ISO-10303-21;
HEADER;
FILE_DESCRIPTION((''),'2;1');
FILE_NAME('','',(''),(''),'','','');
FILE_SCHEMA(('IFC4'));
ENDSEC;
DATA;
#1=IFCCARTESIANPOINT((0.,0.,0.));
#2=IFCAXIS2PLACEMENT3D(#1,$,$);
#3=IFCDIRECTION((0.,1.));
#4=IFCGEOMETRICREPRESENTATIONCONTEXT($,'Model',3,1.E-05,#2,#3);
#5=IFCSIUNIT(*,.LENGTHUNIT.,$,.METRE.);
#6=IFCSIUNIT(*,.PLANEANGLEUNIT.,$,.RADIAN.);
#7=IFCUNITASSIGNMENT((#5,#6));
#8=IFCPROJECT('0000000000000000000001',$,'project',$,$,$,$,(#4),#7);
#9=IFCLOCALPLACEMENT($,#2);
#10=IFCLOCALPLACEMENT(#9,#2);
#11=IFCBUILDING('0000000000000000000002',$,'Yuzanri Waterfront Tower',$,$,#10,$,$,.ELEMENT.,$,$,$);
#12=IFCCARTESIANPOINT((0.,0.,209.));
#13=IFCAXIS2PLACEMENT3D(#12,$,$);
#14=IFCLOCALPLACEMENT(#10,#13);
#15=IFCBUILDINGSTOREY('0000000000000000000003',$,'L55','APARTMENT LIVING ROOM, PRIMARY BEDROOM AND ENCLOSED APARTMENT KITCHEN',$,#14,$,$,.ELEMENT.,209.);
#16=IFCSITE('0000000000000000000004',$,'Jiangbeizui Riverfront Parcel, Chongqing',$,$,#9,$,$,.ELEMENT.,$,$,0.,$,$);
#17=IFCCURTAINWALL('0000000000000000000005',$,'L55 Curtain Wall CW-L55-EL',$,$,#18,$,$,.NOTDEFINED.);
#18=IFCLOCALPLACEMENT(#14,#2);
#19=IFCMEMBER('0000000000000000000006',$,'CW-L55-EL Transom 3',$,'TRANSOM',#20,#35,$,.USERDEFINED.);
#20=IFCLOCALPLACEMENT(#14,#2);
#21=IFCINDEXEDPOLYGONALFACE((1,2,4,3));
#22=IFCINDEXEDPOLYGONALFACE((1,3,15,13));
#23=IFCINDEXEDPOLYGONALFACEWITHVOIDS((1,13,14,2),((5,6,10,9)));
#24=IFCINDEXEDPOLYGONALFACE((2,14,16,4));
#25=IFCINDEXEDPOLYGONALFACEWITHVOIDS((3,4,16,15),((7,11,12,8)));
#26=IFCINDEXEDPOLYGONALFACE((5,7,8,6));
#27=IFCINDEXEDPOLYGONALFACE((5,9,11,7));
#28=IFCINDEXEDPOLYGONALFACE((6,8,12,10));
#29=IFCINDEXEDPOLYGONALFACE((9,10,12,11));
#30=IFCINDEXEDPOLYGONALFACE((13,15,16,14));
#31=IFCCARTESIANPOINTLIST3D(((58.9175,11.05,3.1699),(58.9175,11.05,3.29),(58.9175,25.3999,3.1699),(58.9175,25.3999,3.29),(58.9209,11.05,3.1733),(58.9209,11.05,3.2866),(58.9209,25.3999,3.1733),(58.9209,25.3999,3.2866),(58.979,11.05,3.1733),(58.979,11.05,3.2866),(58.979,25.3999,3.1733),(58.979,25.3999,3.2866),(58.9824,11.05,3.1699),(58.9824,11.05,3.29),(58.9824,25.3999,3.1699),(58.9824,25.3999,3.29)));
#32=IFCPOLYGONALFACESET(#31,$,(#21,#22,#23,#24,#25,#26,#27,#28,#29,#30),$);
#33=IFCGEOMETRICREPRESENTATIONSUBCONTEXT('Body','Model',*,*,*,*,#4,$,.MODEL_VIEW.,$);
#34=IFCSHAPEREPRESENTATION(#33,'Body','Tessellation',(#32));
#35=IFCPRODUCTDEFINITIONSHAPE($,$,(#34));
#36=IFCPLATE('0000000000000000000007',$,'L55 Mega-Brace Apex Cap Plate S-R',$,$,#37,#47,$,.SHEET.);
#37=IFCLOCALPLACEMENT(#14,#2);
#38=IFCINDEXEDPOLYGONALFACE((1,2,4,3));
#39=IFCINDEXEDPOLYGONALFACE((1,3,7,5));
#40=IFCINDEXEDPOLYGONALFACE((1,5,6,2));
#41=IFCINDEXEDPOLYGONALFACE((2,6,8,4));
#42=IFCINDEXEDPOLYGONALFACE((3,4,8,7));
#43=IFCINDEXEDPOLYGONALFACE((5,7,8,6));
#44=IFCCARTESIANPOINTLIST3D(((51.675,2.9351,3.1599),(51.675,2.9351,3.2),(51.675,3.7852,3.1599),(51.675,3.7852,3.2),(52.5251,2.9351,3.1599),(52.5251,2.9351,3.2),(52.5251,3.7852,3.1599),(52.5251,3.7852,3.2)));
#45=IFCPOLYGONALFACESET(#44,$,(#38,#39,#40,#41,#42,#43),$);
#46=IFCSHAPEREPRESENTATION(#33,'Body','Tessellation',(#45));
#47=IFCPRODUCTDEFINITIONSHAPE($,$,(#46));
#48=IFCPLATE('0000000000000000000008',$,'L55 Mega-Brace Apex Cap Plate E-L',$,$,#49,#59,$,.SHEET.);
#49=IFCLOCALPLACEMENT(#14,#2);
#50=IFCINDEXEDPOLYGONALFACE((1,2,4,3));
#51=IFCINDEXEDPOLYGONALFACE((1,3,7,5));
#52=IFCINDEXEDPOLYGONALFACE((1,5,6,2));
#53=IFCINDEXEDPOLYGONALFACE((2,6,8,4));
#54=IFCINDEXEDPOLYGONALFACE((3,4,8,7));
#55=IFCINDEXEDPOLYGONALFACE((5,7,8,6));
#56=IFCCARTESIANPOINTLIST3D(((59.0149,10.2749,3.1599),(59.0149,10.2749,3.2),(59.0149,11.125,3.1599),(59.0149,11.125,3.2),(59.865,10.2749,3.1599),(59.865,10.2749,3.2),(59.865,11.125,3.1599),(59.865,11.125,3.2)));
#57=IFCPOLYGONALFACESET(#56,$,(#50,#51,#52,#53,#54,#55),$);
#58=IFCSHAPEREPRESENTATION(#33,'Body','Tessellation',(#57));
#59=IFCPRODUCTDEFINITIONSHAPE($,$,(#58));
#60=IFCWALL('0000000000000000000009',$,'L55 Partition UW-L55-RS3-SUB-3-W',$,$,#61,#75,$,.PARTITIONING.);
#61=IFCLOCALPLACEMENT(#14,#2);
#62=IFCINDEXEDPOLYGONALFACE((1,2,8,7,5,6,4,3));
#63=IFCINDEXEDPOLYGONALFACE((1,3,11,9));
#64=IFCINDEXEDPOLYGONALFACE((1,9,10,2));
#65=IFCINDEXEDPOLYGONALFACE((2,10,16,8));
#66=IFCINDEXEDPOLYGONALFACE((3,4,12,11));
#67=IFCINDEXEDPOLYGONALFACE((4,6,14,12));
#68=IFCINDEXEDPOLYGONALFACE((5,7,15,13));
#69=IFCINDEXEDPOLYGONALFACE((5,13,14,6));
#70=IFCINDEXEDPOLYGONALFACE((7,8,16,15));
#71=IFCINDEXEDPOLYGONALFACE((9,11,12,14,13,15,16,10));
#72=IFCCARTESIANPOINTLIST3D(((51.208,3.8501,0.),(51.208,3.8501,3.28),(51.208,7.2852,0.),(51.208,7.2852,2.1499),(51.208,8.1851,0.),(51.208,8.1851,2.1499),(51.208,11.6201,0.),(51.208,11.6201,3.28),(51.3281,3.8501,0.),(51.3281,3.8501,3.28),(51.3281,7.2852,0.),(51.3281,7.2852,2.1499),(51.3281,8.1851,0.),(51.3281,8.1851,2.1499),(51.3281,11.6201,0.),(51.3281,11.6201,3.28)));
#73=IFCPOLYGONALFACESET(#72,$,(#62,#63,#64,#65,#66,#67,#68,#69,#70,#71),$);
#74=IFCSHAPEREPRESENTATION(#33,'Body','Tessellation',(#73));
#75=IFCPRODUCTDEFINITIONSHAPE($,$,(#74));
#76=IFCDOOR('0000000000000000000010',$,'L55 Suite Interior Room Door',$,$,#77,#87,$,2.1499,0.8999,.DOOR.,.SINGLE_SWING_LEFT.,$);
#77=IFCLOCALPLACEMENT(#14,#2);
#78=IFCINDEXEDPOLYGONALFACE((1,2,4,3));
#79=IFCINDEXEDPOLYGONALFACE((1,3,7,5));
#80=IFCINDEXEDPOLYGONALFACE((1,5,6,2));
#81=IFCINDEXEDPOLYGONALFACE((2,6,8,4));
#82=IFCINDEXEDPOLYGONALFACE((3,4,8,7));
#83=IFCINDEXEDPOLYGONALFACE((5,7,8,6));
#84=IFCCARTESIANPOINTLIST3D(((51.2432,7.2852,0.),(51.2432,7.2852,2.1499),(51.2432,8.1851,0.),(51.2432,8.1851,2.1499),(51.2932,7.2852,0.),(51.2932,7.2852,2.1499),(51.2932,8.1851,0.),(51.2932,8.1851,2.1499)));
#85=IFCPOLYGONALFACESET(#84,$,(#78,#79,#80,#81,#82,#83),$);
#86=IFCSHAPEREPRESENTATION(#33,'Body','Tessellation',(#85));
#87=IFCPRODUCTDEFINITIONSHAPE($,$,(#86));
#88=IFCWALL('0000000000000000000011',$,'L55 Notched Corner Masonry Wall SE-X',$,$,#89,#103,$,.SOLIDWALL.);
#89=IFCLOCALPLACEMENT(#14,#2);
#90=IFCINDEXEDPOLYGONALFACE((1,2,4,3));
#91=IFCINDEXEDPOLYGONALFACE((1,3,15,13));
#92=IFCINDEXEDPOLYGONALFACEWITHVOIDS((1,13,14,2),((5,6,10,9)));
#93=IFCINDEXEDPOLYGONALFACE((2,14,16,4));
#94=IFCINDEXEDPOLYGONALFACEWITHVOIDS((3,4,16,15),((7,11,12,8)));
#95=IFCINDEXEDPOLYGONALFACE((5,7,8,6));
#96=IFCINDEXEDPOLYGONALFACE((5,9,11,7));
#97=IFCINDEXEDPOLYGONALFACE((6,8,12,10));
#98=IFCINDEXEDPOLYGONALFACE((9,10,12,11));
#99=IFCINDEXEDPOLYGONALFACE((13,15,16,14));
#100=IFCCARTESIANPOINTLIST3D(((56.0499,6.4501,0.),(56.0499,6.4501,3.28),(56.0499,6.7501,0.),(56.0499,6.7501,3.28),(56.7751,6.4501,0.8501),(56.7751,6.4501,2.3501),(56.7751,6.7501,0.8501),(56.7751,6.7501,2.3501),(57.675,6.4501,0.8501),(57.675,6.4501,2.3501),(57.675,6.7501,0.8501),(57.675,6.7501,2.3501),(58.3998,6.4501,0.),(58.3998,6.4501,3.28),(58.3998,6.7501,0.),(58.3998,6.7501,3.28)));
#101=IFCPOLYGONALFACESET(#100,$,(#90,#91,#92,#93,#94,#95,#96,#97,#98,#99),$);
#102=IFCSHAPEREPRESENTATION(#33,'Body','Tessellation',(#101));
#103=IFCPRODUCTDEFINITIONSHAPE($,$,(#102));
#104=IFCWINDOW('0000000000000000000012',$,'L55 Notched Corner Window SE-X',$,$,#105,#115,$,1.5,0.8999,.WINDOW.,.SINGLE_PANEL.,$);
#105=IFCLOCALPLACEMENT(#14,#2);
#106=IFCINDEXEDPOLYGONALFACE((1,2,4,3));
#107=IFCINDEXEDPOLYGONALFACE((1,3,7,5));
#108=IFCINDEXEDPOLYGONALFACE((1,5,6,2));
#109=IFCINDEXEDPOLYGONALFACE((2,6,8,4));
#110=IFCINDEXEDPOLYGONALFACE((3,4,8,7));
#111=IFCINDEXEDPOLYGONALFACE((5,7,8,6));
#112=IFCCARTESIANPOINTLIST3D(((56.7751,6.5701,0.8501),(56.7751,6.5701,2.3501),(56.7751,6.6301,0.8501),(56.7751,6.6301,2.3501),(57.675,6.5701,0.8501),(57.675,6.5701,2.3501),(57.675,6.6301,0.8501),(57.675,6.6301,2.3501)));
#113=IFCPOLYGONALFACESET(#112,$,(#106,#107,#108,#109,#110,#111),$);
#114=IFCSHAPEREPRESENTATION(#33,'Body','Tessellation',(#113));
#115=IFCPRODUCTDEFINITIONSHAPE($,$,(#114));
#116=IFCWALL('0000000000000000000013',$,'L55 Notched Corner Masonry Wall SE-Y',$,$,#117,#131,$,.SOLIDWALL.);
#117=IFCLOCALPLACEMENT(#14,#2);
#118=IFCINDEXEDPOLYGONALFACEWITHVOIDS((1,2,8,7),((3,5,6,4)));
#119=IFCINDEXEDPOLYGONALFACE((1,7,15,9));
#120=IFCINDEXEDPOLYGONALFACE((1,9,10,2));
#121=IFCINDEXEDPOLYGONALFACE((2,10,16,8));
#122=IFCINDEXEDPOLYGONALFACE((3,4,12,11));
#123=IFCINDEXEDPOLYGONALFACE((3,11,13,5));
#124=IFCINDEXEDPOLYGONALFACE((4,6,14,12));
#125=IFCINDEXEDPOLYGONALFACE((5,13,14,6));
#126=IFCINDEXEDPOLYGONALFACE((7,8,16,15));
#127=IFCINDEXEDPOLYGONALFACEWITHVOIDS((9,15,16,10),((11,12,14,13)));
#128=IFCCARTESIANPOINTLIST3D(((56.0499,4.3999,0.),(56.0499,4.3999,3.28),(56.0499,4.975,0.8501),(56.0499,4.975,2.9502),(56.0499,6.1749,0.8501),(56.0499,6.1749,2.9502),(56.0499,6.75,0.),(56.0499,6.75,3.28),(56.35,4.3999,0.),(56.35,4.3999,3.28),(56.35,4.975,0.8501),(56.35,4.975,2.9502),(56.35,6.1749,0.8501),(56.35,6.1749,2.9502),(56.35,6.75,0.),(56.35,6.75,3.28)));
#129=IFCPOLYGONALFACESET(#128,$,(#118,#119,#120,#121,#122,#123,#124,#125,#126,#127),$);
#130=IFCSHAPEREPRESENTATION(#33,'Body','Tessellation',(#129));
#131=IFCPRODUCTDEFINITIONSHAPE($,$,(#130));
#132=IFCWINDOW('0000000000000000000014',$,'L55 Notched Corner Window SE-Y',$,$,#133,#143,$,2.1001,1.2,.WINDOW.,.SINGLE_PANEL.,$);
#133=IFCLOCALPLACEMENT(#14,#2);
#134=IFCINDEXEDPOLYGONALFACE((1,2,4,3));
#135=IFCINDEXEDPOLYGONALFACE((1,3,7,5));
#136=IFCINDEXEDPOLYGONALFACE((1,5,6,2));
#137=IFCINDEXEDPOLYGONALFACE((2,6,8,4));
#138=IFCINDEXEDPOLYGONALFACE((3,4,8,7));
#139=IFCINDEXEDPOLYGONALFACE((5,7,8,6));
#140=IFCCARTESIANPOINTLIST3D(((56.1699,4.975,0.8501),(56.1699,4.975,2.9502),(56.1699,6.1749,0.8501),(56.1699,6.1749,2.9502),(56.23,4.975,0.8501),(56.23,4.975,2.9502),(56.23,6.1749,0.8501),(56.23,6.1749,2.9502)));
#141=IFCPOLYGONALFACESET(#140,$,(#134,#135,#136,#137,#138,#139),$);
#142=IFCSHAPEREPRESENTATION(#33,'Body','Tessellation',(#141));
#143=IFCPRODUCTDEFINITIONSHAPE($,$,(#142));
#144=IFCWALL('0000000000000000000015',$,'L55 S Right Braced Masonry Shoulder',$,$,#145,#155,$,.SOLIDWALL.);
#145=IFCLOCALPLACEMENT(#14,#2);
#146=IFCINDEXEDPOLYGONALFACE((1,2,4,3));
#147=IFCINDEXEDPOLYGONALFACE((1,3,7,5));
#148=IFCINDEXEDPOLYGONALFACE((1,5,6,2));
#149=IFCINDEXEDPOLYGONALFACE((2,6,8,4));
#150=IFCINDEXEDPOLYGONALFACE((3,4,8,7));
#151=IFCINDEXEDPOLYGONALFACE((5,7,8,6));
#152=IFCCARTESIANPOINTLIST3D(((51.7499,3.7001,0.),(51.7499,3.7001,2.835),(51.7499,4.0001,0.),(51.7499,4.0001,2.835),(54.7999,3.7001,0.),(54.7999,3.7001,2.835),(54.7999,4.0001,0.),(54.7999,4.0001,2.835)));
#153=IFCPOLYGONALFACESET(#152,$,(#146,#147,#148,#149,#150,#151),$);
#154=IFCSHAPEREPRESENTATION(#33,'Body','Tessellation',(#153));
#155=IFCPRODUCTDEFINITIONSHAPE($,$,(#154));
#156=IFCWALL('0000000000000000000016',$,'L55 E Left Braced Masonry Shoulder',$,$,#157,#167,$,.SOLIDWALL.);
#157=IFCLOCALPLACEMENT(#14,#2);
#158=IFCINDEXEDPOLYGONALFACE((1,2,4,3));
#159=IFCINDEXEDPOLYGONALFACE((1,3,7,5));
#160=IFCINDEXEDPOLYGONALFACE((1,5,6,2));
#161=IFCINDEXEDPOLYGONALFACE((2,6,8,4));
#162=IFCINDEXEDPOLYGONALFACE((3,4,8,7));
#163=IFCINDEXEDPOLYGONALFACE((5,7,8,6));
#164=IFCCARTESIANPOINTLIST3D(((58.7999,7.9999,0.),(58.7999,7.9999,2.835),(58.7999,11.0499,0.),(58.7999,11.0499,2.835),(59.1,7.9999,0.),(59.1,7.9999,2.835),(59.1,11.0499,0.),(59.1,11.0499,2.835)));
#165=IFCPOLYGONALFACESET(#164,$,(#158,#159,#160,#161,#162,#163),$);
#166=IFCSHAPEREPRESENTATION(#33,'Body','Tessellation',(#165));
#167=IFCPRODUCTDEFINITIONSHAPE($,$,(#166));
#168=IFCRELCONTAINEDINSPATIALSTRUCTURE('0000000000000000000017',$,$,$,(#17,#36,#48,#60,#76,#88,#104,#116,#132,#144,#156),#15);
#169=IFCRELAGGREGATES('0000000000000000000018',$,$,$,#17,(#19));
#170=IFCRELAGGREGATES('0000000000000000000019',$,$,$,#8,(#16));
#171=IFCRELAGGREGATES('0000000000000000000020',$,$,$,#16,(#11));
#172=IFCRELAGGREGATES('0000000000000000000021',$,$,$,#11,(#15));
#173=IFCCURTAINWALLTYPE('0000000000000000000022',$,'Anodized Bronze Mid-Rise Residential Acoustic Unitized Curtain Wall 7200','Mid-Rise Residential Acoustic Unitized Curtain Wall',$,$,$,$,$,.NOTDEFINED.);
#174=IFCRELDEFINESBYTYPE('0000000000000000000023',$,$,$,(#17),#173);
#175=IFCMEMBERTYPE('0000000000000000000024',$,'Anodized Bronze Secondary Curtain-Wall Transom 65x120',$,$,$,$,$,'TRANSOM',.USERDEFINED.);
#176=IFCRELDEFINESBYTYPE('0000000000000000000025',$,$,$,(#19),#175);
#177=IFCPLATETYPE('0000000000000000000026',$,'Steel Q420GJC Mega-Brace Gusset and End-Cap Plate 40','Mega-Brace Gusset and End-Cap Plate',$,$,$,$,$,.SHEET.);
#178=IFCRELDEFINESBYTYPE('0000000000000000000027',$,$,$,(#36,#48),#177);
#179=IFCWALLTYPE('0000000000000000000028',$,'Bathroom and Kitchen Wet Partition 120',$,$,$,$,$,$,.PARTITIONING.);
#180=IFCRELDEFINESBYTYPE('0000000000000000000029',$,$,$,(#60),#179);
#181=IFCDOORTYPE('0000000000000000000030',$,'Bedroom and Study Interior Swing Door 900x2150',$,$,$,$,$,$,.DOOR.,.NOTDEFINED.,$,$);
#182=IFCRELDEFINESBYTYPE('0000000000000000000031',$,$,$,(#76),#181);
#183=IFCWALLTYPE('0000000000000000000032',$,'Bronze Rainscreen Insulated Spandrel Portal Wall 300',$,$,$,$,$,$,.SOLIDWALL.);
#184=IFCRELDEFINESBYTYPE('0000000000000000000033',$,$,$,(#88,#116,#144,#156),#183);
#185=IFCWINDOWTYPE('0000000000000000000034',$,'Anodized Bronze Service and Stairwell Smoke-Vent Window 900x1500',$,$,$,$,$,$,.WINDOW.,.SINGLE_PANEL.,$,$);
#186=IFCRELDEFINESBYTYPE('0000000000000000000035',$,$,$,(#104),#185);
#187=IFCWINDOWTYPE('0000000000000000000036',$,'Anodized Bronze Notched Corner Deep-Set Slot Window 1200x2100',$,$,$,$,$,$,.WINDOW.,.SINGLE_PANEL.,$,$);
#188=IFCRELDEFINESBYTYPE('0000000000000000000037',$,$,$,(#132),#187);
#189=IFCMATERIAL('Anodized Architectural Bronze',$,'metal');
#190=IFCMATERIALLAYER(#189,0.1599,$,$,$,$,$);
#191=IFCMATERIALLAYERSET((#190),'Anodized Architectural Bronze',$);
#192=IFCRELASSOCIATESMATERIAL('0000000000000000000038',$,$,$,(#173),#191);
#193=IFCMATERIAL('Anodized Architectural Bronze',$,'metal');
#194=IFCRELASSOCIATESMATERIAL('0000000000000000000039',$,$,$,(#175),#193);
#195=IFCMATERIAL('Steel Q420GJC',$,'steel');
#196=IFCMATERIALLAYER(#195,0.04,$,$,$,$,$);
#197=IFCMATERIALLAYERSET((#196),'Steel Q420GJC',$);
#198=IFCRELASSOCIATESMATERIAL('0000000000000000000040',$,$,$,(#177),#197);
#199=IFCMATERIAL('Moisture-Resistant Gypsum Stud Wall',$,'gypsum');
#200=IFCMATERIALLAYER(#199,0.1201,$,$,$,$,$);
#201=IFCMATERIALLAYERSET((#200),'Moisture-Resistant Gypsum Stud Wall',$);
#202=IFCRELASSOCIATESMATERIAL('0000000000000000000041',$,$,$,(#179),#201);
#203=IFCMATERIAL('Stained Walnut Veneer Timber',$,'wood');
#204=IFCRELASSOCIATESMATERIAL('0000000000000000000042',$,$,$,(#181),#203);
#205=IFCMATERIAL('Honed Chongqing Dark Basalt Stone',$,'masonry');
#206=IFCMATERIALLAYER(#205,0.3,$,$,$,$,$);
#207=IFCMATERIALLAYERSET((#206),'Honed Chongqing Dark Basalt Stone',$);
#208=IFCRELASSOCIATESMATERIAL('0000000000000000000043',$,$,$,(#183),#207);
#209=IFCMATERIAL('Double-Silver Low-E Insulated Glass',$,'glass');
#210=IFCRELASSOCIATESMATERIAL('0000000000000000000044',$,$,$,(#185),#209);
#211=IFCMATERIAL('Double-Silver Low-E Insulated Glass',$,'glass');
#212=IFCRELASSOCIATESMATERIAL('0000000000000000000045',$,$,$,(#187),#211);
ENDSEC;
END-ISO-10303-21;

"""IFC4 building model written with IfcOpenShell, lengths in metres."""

from ifc_helpers import new_model, si_unit, direction, frame, frame_2d, origin, origin_2d, place, context, subcontext, project, spatial, rectangle, hollow_rectangle, extrude, source, transform, mapped, material, layer, layer_set, material_profile, profile_set, type_object, element, fill, aggregate, save


model = new_model("IFC4")

# Units and contexts
model_context = context("Model", 3, precision=1e-05, world=origin(), true_north=direction((0.0, 1.0)))
body_context = subcontext(model_context, "Body", "Model", "MODEL_VIEW")
ifc_project = project(units=[si_unit("LENGTHUNIT", "METRE"), si_unit("PLANEANGLEUNIT", "RADIAN")], contexts=[model_context])

# Site, building, storey
site_placement = place(None, origin())
site = spatial("IfcSite", under=ifc_project, at=site_placement, Name="Jiangbeizui Riverfront Parcel, Chongqing", CompositionType="ELEMENT", RefElevation=0.0)
building_placement = place(site_placement, origin())
building = spatial("IfcBuilding", under=site, at=building_placement, Name="Yuzanri Waterfront Tower", CompositionType="ELEMENT")
storey_placement = place(building_placement, frame((0.0, 0.0, 209.0)))
storey = spatial("IfcBuildingStorey", under=building, at=storey_placement, Name="L55", Description="APARTMENT LIVING ROOM, PRIMARY BEDROOM AND ENCLOSED APARTMENT KITCHEN", CompositionType="ELEMENT", Elevation=209.0)

# Curtain wall, member
ifc_material_1 = material(Name="Anodized Architectural Bronze", Category="metal")
ifc_layer_1 = layer(ifc_material_1, 0.1599)
ifc_layer_set_1 = layer_set([ifc_layer_1], Name="Anodized Architectural Bronze")
curtain_wall_type = type_object("IfcCurtainWallType", Name="Anodized Bronze Mid-Rise Residential Acoustic Unitized Curtain Wall 7200", Description="Mid-Rise Residential Acoustic Unitized Curtain Wall", PredefinedType="NOTDEFINED", material=ifc_layer_set_1)
curtain_wall_1_placement = place(storey_placement, origin())
curtain_wall_1 = element("IfcCurtainWall", 1, at=curtain_wall_1_placement, inside=storey, type_object=curtain_wall_type, Name="L55 Curtain Wall CW-L55-EL", PredefinedType="NOTDEFINED")
ifc_material_2 = material(Name="Anodized Architectural Bronze", Category="metal")
ifc_material_profile_1 = material_profile(ifc_material_2, hollow_rectangle(XDim=0.0649, YDim=0.1201, WallThickness=0.0034, at=origin_2d()), Name="CWT 65x120")
ifc_profile_set_1 = profile_set([ifc_material_profile_1], Name="Anodized Architectural Bronze")
member_type_1 = type_object("IfcMemberType", Name="Anodized Bronze Secondary Curtain-Wall Transom 65x120", ElementType="TRANSOM", PredefinedType="USERDEFINED", material=ifc_profile_set_1)
shared_shape_1 = source(origin(), body_context, "Body", "SweptSolid", [
    extrude(hollow_rectangle(XDim=0.0649, YDim=0.1201, WallThickness=0.0034, at=origin_2d()), origin(), (0.0, 0.0, 1.0), 14.3499),
])
member_1_placement = place(storey_placement, frame((58.95, 11.05, 3.23), z_axis=(0.0, 1.0, 0.0), x_axis=(-1.0, 0.0, 0.0)))
member_1 = element("IfcMember", 2, at=member_1_placement, type_object=member_type_1, Name="CW-L55-EL Transom 3", ObjectType="TRANSOM", PredefinedType="USERDEFINED", context=body_context, shape_type="MappedRepresentation", body=[
    mapped(shared_shape_1, transform((0.0, 0.0, 0.0), scale=1.0)),
])
aggregate(curtain_wall_1, [member_1])

# Plates
ifc_material_3 = material(Name="Steel Q420GJC", Category="steel")
ifc_layer_2 = layer(ifc_material_3, 0.04)
ifc_layer_set_2 = layer_set([ifc_layer_2], Name="Steel Q420GJC")
plate_type = type_object("IfcPlateType", Name="Steel Q420GJC Mega-Brace Gusset and End-Cap Plate 40", Description="Mega-Brace Gusset and End-Cap Plate", PredefinedType="SHEET", material=ifc_layer_set_2)
shared_shape_2 = source(origin(), body_context, "Body", "SweptSolid", [
    extrude(rectangle(XDim=0.8501, YDim=0.8501, at=origin_2d()), origin(), (0.0, 0.0, 1.0), 0.04),
])
for number, where, z_axis, x_axis, name in (
    (3, (52.1001, 3.3601, 3.1599), (0.0, 0.0, 1.0), (1.0, 0.0, 0.0), "L55 Mega-Brace Apex Cap Plate S-R"),
    (4, (59.4399, 10.7, 3.1599), (0.0, 0.0, 1.0), (1.0, 0.0, 0.0), "L55 Mega-Brace Apex Cap Plate E-L"),
):
    element("IfcPlate", number, at=place(storey_placement, frame(where, z_axis=z_axis, x_axis=x_axis)), inside=storey, type_object=plate_type, Name=name, PredefinedType="SHEET", context=body_context, shape_type="MappedRepresentation", body=[
        mapped(shared_shape_2, transform((0.0, 0.0, 0.0), scale=1.0)),
    ])

# Wall, opening, door
ifc_material_4 = material(Name="Moisture-Resistant Gypsum Stud Wall", Category="gypsum")
ifc_layer_3 = layer(ifc_material_4, 0.1201)
ifc_layer_set_3 = layer_set([ifc_layer_3], Name="Moisture-Resistant Gypsum Stud Wall")
wall_type_1 = type_object("IfcWallType", Name="Bathroom and Kitchen Wet Partition 120", PredefinedType="PARTITIONING", material=ifc_layer_set_3)
wall_1_placement = place(storey_placement, frame((51.2681, 3.8501, 0.0), z_axis=(0.0, 0.0, 1.0), x_axis=(0.0, 1.0, 0.0)))
wall_1 = element("IfcWall", 5, at=wall_1_placement, inside=storey, type_object=wall_type_1, Name="L55 Partition UW-L55-RS3-SUB-3-W", PredefinedType="PARTITIONING", context=body_context, shape_type="SweptSolid", body=[
    extrude(rectangle(XDim=7.77, YDim=0.1201, at=frame_2d((3.885, 0.0))), origin(), (0.0, 0.0, 1.0), 3.28),
])
opening_1_placement = place(wall_1_placement, frame((3.4351, 0.0, 0.0)))
opening_1 = element("IfcOpeningElement", 6, at=opening_1_placement, cuts=wall_1, PredefinedType="OPENING", context=body_context, shape_type="SweptSolid", body=[
    extrude(rectangle(XDim=0.8999, YDim=2.1499, at=frame_2d((0.45, 1.075))), frame((0.0, 0.075, 0.0), z_axis=(0.0, -1.0, 0.0), x_axis=(1.0, 0.0, 0.0)), (0.0, 0.0, 1.0), 0.1499),
])
ifc_material_5 = material(Name="Stained Walnut Veneer Timber", Category="wood")
door_type = type_object("IfcDoorType", Name="Bedroom and Study Interior Swing Door 900x2150", OperationType="NOTDEFINED", PredefinedType="DOOR", material=ifc_material_5)
shared_shape_3 = source(origin(), body_context, "Body", "SweptSolid", [
    extrude(rectangle(XDim=0.8999, YDim=2.1499, at=frame_2d((0.45, 1.075))), frame((0.0, 0.0249, 0.0), z_axis=(0.0, -1.0, 0.0), x_axis=(1.0, 0.0, 0.0)), (0.0, 0.0, 1.0), 0.05),
])
door_placement = place(opening_1_placement, origin())
door = element("IfcDoor", 7, at=door_placement, inside=storey, type_object=door_type, Name="L55 Suite Interior Room Door", OperationType="SINGLE_SWING_LEFT", OverallHeight=2.1499, OverallWidth=0.8999, PredefinedType="DOOR", context=body_context, shape_type="MappedRepresentation", body=[
    mapped(shared_shape_3, transform((0.0, 0.0, 0.0), scale=1.0)),
])
fill(opening_1, door)

# Walls, openings, windows
ifc_material_6 = material(Name="Honed Chongqing Dark Basalt Stone", Category="masonry")
ifc_layer_4 = layer(ifc_material_6, 0.3)
ifc_layer_set_4 = layer_set([ifc_layer_4], Name="Honed Chongqing Dark Basalt Stone")
wall_type_2 = type_object("IfcWallType", Name="Bronze Rainscreen Insulated Spandrel Portal Wall 300", PredefinedType="SOLIDWALL", material=ifc_layer_set_4)
wall_2_placement = place(storey_placement, frame((56.05, 6.6001, 0.0), z_axis=(0.0, 0.0, 1.0), x_axis=(1.0, 0.0, 0.0)))
wall_2 = element("IfcWall", 8, at=wall_2_placement, inside=storey, type_object=wall_type_2, Name="L55 Notched Corner Masonry Wall SE-X", PredefinedType="SOLIDWALL", context=body_context, shape_type="SweptSolid", body=[
    extrude(rectangle(XDim=2.3499, YDim=0.3, at=frame_2d((1.1748, 0.0))), origin(), (0.0, 0.0, 1.0), 3.28),
])
opening_2_placement = place(wall_2_placement, frame((0.7251, 0.0, 0.8501)))
opening_2 = element("IfcOpeningElement", 9, at=opening_2_placement, cuts=wall_2, PredefinedType="OPENING", context=body_context, shape_type="SweptSolid", body=[
    extrude(rectangle(XDim=0.8999, YDim=1.5, at=frame_2d((0.45, 0.75))), frame((0.0, 0.165, 0.0), z_axis=(0.0, -1.0, 0.0), x_axis=(1.0, 0.0, 0.0)), (0.0, 0.0, 1.0), 0.3298),
])
ifc_material_7 = material(Name="Double-Silver Low-E Insulated Glass", Category="glass")
window_type_1 = type_object("IfcWindowType", Name="Anodized Bronze Service and Stairwell Smoke-Vent Window 900x1500", PartitioningType="SINGLE_PANEL", PredefinedType="WINDOW", material=ifc_material_7)
shared_shape_4 = source(origin(), body_context, "Body", "SweptSolid", [
    extrude(rectangle(XDim=0.8999, YDim=1.5, at=frame_2d((0.45, 0.75))), frame((0.0, 0.03, 0.0), z_axis=(0.0, -1.0, 0.0), x_axis=(1.0, 0.0, 0.0)), (0.0, 0.0, 1.0), 0.0601),
])
window_1_placement = place(opening_2_placement, origin())
window_1 = element("IfcWindow", 10, at=window_1_placement, inside=storey, type_object=window_type_1, Name="L55 Notched Corner Window SE-X", OverallHeight=1.5, OverallWidth=0.8999, PartitioningType="SINGLE_PANEL", PredefinedType="WINDOW", context=body_context, shape_type="MappedRepresentation", body=[
    mapped(shared_shape_4, transform((0.0, 0.0, 0.0), scale=1.0)),
])
fill(opening_2, window_1)
wall_3_placement = place(storey_placement, frame((56.2, 4.3999, 0.0), z_axis=(0.0, 0.0, 1.0), x_axis=(0.0, 1.0, 0.0)))
wall_3 = element("IfcWall", 11, at=wall_3_placement, inside=storey, type_object=wall_type_2, Name="L55 Notched Corner Masonry Wall SE-Y", PredefinedType="SOLIDWALL", context=body_context, shape_type="SweptSolid", body=[
    extrude(rectangle(XDim=2.3501, YDim=0.3, at=frame_2d((1.175, 0.0))), origin(), (0.0, 0.0, 1.0), 3.28),
])
opening_3_placement = place(wall_3_placement, frame((0.575, 0.0, 0.8501)))
opening_3 = element("IfcOpeningElement", 12, at=opening_3_placement, cuts=wall_3, PredefinedType="OPENING", context=body_context, shape_type="SweptSolid", body=[
    extrude(rectangle(XDim=1.2, YDim=2.1001, at=frame_2d((0.6001, 1.05))), frame((0.0, 0.165, 0.0), z_axis=(0.0, -1.0, 0.0), x_axis=(1.0, 0.0, 0.0)), (0.0, 0.0, 1.0), 0.3298),
])
ifc_material_8 = material(Name="Double-Silver Low-E Insulated Glass", Category="glass")
window_type_2 = type_object("IfcWindowType", Name="Anodized Bronze Notched Corner Deep-Set Slot Window 1200x2100", PartitioningType="SINGLE_PANEL", PredefinedType="WINDOW", material=ifc_material_8)
shared_shape_5 = source(origin(), body_context, "Body", "SweptSolid", [
    extrude(rectangle(XDim=1.2, YDim=2.1001, at=frame_2d((0.6001, 1.05))), frame((0.0, 0.03, 0.0), z_axis=(0.0, -1.0, 0.0), x_axis=(1.0, 0.0, 0.0)), (0.0, 0.0, 1.0), 0.0601),
])
window_2_placement = place(opening_3_placement, origin())
window_2 = element("IfcWindow", 13, at=window_2_placement, inside=storey, type_object=window_type_2, Name="L55 Notched Corner Window SE-Y", OverallHeight=2.1001, OverallWidth=1.2, PartitioningType="SINGLE_PANEL", PredefinedType="WINDOW", context=body_context, shape_type="MappedRepresentation", body=[
    mapped(shared_shape_5, transform((0.0, 0.0, 0.0), scale=1.0)),
])
fill(opening_3, window_2)

# Walls
shared_shape_6 = source(origin(), body_context, "Body", "SweptSolid", [
    extrude(rectangle(XDim=3.05, YDim=0.3, at=frame_2d((1.5249, 0.0))), origin(), (0.0, 0.0, 1.0), 2.835),
])
for number, where, z_axis, x_axis, name in (
    (14, (51.75, 3.8501, 0.0), (0.0, 0.0, 1.0), (1.0, 0.0, 0.0), "L55 S Right Braced Masonry Shoulder"),
    (15, (58.95, 8.0, 0.0), (0.0, 0.0, 1.0), (0.0, 1.0, 0.0), "L55 E Left Braced Masonry Shoulder"),
):
    element("IfcWall", number, at=place(storey_placement, frame(where, z_axis=z_axis, x_axis=x_axis)), inside=storey, type_object=wall_type_2, Name=name, PredefinedType="SOLIDWALL", context=body_context, shape_type="MappedRepresentation", body=[
        mapped(shared_shape_6, transform((0.0, 0.0, 0.0), scale=1.0)),
    ])

save(model, "model.ifc")
